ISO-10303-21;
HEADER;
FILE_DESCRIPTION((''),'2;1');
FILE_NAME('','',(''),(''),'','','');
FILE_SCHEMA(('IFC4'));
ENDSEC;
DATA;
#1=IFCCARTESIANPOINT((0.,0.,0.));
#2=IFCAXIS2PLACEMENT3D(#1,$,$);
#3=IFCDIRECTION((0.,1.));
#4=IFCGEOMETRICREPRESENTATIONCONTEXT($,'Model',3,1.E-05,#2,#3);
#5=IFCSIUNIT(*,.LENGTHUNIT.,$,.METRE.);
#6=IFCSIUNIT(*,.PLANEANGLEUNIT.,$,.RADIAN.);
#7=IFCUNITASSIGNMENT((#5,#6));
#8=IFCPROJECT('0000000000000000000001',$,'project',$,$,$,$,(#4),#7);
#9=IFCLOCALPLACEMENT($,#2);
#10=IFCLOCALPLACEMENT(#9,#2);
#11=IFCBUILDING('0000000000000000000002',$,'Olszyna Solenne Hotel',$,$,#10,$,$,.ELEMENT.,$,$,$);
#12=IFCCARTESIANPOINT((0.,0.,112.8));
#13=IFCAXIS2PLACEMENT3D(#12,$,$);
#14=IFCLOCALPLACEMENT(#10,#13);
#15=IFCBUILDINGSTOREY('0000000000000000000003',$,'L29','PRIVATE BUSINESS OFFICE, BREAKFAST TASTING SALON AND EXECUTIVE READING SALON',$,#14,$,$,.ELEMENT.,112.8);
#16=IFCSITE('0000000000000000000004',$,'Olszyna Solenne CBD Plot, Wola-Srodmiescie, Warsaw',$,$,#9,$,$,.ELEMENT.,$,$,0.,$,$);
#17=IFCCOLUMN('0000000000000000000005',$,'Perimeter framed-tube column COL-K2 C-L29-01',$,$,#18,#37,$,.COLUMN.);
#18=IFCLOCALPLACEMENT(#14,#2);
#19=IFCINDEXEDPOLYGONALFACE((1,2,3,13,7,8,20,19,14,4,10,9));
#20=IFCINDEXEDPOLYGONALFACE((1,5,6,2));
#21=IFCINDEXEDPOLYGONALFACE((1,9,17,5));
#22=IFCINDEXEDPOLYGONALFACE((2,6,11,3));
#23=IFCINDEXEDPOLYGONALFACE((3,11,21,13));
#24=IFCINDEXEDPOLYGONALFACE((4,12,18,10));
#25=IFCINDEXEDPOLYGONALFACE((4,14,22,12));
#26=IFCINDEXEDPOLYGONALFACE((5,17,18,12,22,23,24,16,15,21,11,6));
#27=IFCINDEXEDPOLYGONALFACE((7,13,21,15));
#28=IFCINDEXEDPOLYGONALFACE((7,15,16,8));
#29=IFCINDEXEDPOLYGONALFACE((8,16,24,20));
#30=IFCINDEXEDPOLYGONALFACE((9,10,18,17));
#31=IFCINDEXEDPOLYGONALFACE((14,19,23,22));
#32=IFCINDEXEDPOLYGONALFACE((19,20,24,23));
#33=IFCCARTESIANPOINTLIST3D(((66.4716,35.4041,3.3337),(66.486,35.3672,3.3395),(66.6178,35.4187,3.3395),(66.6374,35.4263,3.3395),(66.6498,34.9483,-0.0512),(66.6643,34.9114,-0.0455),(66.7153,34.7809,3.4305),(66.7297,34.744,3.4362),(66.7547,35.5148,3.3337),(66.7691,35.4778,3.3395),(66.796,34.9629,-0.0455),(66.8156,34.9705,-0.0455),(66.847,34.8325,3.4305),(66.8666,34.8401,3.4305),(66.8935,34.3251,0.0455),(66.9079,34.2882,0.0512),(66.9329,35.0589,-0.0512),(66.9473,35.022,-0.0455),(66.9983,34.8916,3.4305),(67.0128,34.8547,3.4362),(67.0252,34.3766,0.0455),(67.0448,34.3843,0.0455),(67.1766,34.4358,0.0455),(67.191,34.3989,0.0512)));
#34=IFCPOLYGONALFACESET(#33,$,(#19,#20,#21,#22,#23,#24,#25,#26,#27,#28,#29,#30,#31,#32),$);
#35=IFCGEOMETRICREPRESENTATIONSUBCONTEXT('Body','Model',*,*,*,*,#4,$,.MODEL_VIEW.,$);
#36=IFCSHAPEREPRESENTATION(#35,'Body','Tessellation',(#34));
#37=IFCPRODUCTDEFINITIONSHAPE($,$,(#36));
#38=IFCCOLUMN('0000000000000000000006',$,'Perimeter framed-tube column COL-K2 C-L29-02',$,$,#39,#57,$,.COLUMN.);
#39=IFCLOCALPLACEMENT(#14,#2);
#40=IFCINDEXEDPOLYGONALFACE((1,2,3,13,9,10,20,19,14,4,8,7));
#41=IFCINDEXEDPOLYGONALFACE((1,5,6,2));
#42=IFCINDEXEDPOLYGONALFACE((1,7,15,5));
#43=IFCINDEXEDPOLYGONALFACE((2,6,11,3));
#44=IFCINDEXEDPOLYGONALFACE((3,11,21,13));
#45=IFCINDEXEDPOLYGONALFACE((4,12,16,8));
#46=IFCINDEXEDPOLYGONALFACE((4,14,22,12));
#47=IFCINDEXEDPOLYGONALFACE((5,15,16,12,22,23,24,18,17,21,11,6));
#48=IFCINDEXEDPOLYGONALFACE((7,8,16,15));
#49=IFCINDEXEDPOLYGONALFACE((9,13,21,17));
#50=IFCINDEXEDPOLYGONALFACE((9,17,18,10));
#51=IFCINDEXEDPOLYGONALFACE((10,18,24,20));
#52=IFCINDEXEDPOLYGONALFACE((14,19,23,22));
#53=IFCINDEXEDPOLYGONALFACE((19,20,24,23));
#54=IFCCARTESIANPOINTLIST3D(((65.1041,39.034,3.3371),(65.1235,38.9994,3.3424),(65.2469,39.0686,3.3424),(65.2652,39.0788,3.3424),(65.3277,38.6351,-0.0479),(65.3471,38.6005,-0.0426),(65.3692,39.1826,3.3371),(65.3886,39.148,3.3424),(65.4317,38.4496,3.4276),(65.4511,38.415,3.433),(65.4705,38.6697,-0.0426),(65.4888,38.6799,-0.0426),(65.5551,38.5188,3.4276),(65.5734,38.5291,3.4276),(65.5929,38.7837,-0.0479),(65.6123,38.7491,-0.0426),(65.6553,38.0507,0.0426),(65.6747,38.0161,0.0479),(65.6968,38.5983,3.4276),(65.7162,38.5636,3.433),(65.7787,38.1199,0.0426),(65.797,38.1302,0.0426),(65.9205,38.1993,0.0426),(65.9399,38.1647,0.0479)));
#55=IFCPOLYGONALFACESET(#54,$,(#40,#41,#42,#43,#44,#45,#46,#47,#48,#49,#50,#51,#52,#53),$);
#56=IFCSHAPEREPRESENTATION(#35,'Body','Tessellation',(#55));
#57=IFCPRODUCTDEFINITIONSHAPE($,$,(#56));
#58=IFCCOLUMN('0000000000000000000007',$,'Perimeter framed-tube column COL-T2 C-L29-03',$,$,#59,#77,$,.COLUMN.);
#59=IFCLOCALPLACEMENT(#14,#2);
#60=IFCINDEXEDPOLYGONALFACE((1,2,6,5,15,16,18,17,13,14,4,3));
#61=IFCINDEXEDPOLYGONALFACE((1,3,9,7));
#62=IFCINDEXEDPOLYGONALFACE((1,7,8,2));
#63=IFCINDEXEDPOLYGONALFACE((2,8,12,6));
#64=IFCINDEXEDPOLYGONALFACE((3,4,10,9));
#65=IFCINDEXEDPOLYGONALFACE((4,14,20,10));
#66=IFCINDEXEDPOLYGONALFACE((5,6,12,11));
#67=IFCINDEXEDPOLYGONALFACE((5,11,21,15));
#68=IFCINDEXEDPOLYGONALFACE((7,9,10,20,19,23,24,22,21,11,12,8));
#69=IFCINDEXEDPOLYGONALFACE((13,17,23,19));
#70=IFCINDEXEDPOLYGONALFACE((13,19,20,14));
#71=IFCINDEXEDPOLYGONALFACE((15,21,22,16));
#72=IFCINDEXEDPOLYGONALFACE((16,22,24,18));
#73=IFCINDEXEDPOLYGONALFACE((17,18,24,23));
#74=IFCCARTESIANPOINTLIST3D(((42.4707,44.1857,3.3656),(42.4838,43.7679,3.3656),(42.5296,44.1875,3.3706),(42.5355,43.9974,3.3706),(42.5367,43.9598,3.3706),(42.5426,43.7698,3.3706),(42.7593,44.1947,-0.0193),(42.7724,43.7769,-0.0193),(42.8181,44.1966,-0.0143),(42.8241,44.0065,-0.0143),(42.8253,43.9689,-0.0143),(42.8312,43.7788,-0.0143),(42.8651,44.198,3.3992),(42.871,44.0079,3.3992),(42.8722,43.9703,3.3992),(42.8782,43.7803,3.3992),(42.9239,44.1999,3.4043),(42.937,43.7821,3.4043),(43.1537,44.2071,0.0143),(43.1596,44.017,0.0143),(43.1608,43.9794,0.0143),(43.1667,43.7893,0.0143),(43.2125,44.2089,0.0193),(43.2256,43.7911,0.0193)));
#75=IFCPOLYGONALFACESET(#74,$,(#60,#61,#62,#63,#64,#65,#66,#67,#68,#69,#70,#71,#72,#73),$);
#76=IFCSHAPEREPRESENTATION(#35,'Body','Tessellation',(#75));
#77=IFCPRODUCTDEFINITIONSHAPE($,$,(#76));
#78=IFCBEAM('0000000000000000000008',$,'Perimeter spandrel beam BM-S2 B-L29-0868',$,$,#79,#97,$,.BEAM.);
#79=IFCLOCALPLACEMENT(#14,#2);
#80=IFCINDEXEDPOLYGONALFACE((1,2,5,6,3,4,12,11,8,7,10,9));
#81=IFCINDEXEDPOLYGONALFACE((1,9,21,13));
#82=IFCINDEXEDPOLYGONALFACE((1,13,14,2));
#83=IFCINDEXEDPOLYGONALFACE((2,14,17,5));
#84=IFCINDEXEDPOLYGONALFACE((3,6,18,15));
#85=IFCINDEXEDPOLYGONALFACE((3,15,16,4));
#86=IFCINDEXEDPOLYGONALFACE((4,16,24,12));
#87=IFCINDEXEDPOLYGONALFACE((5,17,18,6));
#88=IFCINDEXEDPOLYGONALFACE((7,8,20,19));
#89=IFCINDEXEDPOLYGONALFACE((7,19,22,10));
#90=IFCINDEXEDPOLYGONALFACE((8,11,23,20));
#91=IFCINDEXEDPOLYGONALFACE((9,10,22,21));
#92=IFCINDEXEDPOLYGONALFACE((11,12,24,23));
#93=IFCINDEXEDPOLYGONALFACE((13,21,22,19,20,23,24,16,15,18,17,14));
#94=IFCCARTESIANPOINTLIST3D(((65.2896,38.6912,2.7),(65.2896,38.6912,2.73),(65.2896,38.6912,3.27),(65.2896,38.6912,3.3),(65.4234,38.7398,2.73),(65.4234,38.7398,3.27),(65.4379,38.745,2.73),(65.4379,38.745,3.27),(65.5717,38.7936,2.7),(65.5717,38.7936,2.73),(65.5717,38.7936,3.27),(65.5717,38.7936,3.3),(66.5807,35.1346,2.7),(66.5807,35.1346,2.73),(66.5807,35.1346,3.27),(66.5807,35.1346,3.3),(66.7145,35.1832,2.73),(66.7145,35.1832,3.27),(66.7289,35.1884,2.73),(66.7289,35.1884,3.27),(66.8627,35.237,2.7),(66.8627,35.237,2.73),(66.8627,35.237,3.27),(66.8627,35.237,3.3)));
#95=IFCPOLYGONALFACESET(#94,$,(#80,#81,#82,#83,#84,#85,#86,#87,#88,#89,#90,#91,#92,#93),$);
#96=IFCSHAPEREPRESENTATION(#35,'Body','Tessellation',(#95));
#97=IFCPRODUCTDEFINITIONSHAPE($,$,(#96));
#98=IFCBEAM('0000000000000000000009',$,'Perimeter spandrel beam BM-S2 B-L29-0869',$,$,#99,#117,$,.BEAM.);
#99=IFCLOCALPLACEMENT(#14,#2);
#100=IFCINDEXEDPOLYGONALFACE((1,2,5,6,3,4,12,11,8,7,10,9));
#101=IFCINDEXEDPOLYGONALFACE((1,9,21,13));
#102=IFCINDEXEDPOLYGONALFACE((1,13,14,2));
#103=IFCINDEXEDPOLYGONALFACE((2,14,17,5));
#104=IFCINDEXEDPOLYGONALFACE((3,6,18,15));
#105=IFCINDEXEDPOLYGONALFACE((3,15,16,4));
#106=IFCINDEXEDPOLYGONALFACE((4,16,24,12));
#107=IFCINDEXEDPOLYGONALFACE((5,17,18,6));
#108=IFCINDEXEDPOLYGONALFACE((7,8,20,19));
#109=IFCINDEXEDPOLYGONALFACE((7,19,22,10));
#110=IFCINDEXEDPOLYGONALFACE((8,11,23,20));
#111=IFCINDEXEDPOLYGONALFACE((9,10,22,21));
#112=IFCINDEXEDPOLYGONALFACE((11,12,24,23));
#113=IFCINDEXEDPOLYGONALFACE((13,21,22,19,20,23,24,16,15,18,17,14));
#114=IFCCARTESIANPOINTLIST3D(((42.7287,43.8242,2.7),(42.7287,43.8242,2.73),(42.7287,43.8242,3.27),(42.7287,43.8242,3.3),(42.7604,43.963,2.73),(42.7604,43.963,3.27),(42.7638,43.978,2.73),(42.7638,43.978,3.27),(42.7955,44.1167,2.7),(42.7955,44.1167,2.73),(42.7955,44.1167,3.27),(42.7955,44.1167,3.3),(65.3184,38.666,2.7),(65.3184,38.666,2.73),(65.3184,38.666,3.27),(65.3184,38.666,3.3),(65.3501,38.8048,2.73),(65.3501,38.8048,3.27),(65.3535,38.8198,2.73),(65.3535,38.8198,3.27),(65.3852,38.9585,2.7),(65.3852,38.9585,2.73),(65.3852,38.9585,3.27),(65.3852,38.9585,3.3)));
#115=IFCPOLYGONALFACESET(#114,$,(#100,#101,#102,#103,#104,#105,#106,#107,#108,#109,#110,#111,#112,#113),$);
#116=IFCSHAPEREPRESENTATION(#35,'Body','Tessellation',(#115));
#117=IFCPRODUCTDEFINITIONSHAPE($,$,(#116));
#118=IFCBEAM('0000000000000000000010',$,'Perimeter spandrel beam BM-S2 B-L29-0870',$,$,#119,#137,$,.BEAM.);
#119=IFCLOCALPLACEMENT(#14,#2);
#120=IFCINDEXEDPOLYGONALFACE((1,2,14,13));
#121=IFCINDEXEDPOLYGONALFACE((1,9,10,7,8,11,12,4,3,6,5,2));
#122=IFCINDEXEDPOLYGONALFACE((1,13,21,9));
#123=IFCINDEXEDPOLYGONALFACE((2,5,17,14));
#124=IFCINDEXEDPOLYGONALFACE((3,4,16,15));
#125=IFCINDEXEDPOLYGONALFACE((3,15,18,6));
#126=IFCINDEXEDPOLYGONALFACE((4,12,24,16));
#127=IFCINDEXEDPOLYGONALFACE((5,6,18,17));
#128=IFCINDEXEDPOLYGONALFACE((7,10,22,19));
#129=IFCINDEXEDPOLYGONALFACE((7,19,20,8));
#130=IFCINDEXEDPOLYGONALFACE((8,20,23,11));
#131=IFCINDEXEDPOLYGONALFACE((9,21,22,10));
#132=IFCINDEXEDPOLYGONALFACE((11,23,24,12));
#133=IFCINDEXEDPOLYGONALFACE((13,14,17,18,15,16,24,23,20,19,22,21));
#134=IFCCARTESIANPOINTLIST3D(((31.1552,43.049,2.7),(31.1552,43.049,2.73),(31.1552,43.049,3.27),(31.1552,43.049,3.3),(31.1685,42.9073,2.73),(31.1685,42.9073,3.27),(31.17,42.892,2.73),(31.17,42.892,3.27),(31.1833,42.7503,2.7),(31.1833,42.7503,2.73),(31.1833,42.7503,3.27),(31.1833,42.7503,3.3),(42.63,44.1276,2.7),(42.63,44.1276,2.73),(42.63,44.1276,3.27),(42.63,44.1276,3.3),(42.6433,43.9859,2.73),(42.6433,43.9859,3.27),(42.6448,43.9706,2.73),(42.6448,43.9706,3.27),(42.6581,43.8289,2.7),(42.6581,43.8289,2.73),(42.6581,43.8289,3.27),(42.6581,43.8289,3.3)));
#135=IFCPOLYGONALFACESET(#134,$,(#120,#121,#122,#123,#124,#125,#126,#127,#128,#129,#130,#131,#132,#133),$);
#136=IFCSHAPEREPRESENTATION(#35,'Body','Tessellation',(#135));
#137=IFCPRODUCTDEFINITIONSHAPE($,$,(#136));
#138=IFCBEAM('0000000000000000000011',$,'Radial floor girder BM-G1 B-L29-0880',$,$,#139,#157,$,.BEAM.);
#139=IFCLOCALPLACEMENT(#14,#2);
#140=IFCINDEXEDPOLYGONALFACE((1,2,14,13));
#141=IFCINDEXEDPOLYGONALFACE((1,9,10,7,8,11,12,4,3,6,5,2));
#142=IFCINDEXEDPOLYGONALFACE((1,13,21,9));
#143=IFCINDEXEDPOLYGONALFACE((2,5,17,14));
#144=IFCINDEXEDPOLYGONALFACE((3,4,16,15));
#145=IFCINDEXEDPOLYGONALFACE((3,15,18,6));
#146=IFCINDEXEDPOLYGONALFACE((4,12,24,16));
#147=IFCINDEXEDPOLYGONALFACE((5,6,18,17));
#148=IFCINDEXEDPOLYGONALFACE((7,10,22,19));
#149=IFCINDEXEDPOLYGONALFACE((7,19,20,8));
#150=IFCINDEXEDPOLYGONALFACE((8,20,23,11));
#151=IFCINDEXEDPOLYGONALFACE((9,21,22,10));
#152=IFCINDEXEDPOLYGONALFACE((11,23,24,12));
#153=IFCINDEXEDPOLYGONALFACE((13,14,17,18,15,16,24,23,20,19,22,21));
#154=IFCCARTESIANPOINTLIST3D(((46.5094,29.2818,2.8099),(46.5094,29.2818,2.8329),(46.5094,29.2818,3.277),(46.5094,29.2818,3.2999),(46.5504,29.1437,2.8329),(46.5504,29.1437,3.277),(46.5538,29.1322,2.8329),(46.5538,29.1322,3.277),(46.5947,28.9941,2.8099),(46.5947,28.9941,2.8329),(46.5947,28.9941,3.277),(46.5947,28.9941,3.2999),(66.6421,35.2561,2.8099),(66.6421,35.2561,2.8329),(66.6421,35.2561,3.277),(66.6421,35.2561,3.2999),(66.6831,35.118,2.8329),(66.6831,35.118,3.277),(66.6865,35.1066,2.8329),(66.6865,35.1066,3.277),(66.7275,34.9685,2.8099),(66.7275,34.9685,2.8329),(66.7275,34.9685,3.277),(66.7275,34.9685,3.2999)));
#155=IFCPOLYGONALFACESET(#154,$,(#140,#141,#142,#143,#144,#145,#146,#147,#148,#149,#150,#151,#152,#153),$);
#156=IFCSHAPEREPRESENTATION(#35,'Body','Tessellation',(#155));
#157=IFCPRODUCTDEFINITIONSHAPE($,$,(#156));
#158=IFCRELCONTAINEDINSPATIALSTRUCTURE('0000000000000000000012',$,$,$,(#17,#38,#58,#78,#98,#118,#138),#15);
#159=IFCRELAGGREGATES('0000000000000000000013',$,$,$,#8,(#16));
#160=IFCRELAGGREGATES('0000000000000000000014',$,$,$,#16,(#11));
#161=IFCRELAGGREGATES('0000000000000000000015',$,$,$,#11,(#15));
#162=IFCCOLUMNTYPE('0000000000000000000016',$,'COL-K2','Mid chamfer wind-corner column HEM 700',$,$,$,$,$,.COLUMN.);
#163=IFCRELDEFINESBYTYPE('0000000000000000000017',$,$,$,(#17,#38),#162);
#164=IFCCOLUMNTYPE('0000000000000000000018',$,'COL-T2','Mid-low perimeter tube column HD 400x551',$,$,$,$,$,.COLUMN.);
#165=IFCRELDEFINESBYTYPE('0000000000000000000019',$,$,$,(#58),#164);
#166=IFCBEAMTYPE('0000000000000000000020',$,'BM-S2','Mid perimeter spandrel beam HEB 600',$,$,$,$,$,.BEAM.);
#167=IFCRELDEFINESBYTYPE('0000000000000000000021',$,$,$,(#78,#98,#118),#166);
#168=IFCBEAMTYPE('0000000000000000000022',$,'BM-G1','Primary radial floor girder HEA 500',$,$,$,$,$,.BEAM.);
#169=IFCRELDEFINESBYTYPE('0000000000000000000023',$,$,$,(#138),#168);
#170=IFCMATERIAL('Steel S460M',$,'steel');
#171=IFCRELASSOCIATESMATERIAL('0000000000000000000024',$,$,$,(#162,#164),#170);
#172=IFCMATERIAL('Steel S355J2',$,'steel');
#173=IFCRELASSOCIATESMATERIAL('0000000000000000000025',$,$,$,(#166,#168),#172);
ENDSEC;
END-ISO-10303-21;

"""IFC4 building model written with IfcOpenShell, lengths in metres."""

from ifc_helpers import new_model, si_unit, direction, frame, origin, origin_2d, place, context, subcontext, project, spatial, i_section, extrude, source, transform, mapped, material, material_profile, profile_set, type_object, element, save


model = new_model("IFC4")

# Units and contexts
model_context = context("Model", 3, precision=1e-05, world=origin(), true_north=direction((0.0, 1.0)))
body_context = subcontext(model_context, "Body", "Model", "MODEL_VIEW")
ifc_project = project(units=[si_unit("LENGTHUNIT", "METRE"), si_unit("PLANEANGLEUNIT", "RADIAN")], contexts=[model_context])

# Site, building, storey
site_placement = place(None, origin())
site = spatial("IfcSite", under=ifc_project, at=site_placement, Name="Olszyna Solenne CBD Plot, Wola-Srodmiescie, Warsaw", CompositionType="ELEMENT", RefElevation=0.0)
building_placement = place(site_placement, origin())
building = spatial("IfcBuilding", under=site, at=building_placement, Name="Olszyna Solenne Hotel", CompositionType="ELEMENT")
storey_placement = place(building_placement, frame((0.0, 0.0, 112.8)))
storey = spatial("IfcBuildingStorey", under=building, at=storey_placement, Name="L29", Description="PRIVATE BUSINESS OFFICE, BREAKFAST TASTING SALON AND EXECUTIVE READING SALON", CompositionType="ELEMENT", Elevation=112.8)

# Columns
ifc_material_1 = material(Name="Steel S460M", Category="steel")
ifc_material_profile_1 = material_profile(ifc_material_1, i_section(OverallWidth=0.304, OverallDepth=0.7161, WebThickness=0.021, FlangeThickness=0.04, at=origin_2d()), Name="HEM 700", Category="load-bearing")
ifc_profile_set_1 = profile_set([ifc_material_profile_1], Name="Steel S460M")
column_type_1 = type_object("IfcColumnType", Name="COL-K2", Description="Mid chamfer wind-corner column HEM 700", PredefinedType="COLUMN", material=ifc_profile_set_1)
shared_shape_1 = source(origin(), body_context, "Body", "SweptSolid", [
    extrude(i_section(OverallWidth=0.304, OverallDepth=0.7161, WebThickness=0.021, FlangeThickness=0.04, at=origin_2d()), origin(), (0.0, 0.0, 1.0), 3.4202),
])
column_1_placement = place(storey_placement, frame((66.9204, 34.6736, 0.0), z_axis=(-0.052109, 0.13327, 0.989709), x_axis=(-0.931338, -0.364155, 0.0)))
element("IfcColumn", 1, at=column_1_placement, inside=storey, type_object=column_type_1, Name="Perimeter framed-tube column COL-K2 C-L29-01", PredefinedType="COLUMN", context=body_context, shape_type="MappedRepresentation", body=[
    mapped(shared_shape_1, transform((0.0, 0.0, 0.0), x_axis=(1.0, 0.0, 0.0), y_axis=(0.0, 1.0, 0.0), z_axis=(0.0, 0.0, 1.0), scale=1.0)),
])
shared_shape_2 = source(origin(), body_context, "Body", "SweptSolid", [
    extrude(i_section(OverallWidth=0.304, OverallDepth=0.7161, WebThickness=0.021, FlangeThickness=0.04, at=origin_2d()), origin(), (0.0, 0.0, 1.0), 3.4158),
])
column_2_placement = place(storey_placement, frame((65.6338, 38.3999, 0.0), z_axis=(-0.065471, 0.11679, 0.990996), x_axis=(-0.872287, -0.488993, 0.0)))
element("IfcColumn", 2, at=column_2_placement, inside=storey, type_object=column_type_1, Name="Perimeter framed-tube column COL-K2 C-L29-02", PredefinedType="COLUMN", context=body_context, shape_type="MappedRepresentation", body=[
    mapped(shared_shape_2, transform((0.0, 0.0, 0.0), x_axis=(1.0, 0.0, 0.0), y_axis=(0.0, 1.0, 0.0), z_axis=(0.0, 0.0, 1.0), scale=1.0)),
])
ifc_material_profile_2 = material_profile(ifc_material_1, i_section(OverallWidth=0.418, OverallDepth=0.4551, WebThickness=0.0376, FlangeThickness=0.0591, at=origin_2d()), Name="HD 400x551", Category="load-bearing")
ifc_profile_set_2 = profile_set([ifc_material_profile_2], Name="Steel S460M")
column_type_2 = type_object("IfcColumnType", Name="COL-T2", Description="Mid-low perimeter tube column HD 400x551", PredefinedType="COLUMN", material=ifc_profile_set_2)
shared_shape_3 = source(origin(), body_context, "Body", "SweptSolid", [
    extrude(i_section(OverallWidth=0.418, OverallDepth=0.4551, WebThickness=0.0376, FlangeThickness=0.0591, at=origin_2d()), origin(), (0.0, 0.0, 1.0), 3.3972),
])
column_3_placement = place(storey_placement, frame((42.9924, 43.9929, 0.0), z_axis=(-0.084942, -0.002659, 0.996382), x_axis=(0.031288, -0.99951, 0.0)))
element("IfcColumn", 3, at=column_3_placement, inside=storey, type_object=column_type_2, Name="Perimeter framed-tube column COL-T2 C-L29-03", PredefinedType="COLUMN", context=body_context, shape_type="MappedRepresentation", body=[
    mapped(shared_shape_3, transform((0.0, 0.0, 0.0), x_axis=(1.0, 0.0, 0.0), y_axis=(0.0, 1.0, 0.0), z_axis=(0.0, 0.0, 1.0), scale=1.0)),
])

# Beams
ifc_material_2 = material(Name="Steel S355J2", Category="steel")
ifc_material_profile_3 = material_profile(ifc_material_2, i_section(OverallWidth=0.3, OverallDepth=0.6001, WebThickness=0.0154, FlangeThickness=0.03, at=origin_2d()), Name="HEB 600", Category="load-bearing")
ifc_profile_set_3 = profile_set([ifc_material_profile_3], Name="Steel S355J2")
beam_type_1 = type_object("IfcBeamType", Name="BM-S2", Description="Mid perimeter spandrel beam HEB 600", PredefinedType="BEAM", material=ifc_profile_set_3)
shared_shape_4 = source(origin(), body_context, "Body", "SweptSolid", [
    extrude(i_section(OverallWidth=0.3, OverallDepth=0.6001, WebThickness=0.0154, FlangeThickness=0.03, at=origin_2d()), origin(), (0.0, 0.0, 1.0), 3.7837),
])
beam_1_placement = place(storey_placement, frame((66.7217, 35.1858, 3.0), z_axis=(-0.341204, 0.939989, 0.0), x_axis=(-0.939989, -0.341204, 0.0)))
element("IfcBeam", 4, at=beam_1_placement, inside=storey, type_object=beam_type_1, Name="Perimeter spandrel beam BM-S2 B-L29-0868", PredefinedType="BEAM", context=body_context, shape_type="MappedRepresentation", body=[
    mapped(shared_shape_4, transform((0.0, 0.0, 0.0), x_axis=(1.0, 0.0, 0.0), y_axis=(0.0, 1.0, 0.0), z_axis=(0.0, 0.0, 1.0), scale=1.0)),
])
shared_shape_5 = source(origin(), body_context, "Body", "SweptSolid", [
    extrude(i_section(OverallWidth=0.3, OverallDepth=0.6001, WebThickness=0.0154, FlangeThickness=0.03, at=origin_2d()), origin(), (0.0, 0.0, 1.0), 23.1711),
])
beam_2_placement = place(storey_placement, frame((65.3518, 38.8123, 3.0), z_axis=(-0.974907, 0.222614, 0.0), x_axis=(-0.222614, -0.974907, 0.0)))
element("IfcBeam", 5, at=beam_2_placement, inside=storey, type_object=beam_type_1, Name="Perimeter spandrel beam BM-S2 B-L29-0869", PredefinedType="BEAM", context=body_context, shape_type="MappedRepresentation", body=[
    mapped(shared_shape_5, transform((0.0, 0.0, 0.0), x_axis=(1.0, 0.0, 0.0), y_axis=(0.0, 1.0, 0.0), z_axis=(0.0, 0.0, 1.0), scale=1.0)),
])
shared_shape_6 = source(origin(), body_context, "Body", "SweptSolid", [
    extrude(i_section(OverallWidth=0.3, OverallDepth=0.6001, WebThickness=0.0154, FlangeThickness=0.03, at=origin_2d()), origin(), (0.0, 0.0, 1.0), 11.5254),
])
beam_3_placement = place(storey_placement, frame((42.644, 43.9783, 3.0), z_axis=(-0.995611, -0.093585, 0.0), x_axis=(0.093585, -0.995611, 0.0)))
element("IfcBeam", 6, at=beam_3_placement, inside=storey, type_object=beam_type_1, Name="Perimeter spandrel beam BM-S2 B-L29-0870", PredefinedType="BEAM", context=body_context, shape_type="MappedRepresentation", body=[
    mapped(shared_shape_6, transform((0.0, 0.0, 0.0), x_axis=(1.0, 0.0, 0.0), y_axis=(0.0, 1.0, 0.0), z_axis=(0.0, 0.0, 1.0), scale=1.0)),
])
ifc_material_profile_4 = material_profile(ifc_material_2, i_section(OverallWidth=0.3, OverallDepth=0.49, WebThickness=0.012, FlangeThickness=0.0229, at=origin_2d()), Name="HEA 500", Category="load-bearing")
ifc_profile_set_4 = profile_set([ifc_material_profile_4], Name="Steel S355J2")
beam_type_2 = type_object("IfcBeamType", Name="BM-G1", Description="Primary radial floor girder HEA 500", PredefinedType="BEAM", material=ifc_profile_set_4)
shared_shape_7 = source(origin(), body_context, "Body", "SweptSolid", [
    extrude(i_section(OverallWidth=0.3, OverallDepth=0.49, WebThickness=0.012, FlangeThickness=0.0229, at=origin_2d()), origin(), (0.0, 0.0, 1.0), 21.0005),
])
beam_4_placement = place(storey_placement, frame((66.6848, 35.1123, 3.0549), z_axis=(-0.95868, -0.284486, 0.0), x_axis=(0.284486, -0.95868, 0.0)))
element("IfcBeam", 7, at=beam_4_placement, inside=storey, type_object=beam_type_2, Name="Radial floor girder BM-G1 B-L29-0880", PredefinedType="BEAM", context=body_context, shape_type="MappedRepresentation", body=[
    mapped(shared_shape_7, transform((0.0, 0.0, 0.0), x_axis=(1.0, 0.0, 0.0), y_axis=(0.0, 1.0, 0.0), z_axis=(0.0, 0.0, 1.0), scale=1.0)),
])

save(model, "model.ifc")
